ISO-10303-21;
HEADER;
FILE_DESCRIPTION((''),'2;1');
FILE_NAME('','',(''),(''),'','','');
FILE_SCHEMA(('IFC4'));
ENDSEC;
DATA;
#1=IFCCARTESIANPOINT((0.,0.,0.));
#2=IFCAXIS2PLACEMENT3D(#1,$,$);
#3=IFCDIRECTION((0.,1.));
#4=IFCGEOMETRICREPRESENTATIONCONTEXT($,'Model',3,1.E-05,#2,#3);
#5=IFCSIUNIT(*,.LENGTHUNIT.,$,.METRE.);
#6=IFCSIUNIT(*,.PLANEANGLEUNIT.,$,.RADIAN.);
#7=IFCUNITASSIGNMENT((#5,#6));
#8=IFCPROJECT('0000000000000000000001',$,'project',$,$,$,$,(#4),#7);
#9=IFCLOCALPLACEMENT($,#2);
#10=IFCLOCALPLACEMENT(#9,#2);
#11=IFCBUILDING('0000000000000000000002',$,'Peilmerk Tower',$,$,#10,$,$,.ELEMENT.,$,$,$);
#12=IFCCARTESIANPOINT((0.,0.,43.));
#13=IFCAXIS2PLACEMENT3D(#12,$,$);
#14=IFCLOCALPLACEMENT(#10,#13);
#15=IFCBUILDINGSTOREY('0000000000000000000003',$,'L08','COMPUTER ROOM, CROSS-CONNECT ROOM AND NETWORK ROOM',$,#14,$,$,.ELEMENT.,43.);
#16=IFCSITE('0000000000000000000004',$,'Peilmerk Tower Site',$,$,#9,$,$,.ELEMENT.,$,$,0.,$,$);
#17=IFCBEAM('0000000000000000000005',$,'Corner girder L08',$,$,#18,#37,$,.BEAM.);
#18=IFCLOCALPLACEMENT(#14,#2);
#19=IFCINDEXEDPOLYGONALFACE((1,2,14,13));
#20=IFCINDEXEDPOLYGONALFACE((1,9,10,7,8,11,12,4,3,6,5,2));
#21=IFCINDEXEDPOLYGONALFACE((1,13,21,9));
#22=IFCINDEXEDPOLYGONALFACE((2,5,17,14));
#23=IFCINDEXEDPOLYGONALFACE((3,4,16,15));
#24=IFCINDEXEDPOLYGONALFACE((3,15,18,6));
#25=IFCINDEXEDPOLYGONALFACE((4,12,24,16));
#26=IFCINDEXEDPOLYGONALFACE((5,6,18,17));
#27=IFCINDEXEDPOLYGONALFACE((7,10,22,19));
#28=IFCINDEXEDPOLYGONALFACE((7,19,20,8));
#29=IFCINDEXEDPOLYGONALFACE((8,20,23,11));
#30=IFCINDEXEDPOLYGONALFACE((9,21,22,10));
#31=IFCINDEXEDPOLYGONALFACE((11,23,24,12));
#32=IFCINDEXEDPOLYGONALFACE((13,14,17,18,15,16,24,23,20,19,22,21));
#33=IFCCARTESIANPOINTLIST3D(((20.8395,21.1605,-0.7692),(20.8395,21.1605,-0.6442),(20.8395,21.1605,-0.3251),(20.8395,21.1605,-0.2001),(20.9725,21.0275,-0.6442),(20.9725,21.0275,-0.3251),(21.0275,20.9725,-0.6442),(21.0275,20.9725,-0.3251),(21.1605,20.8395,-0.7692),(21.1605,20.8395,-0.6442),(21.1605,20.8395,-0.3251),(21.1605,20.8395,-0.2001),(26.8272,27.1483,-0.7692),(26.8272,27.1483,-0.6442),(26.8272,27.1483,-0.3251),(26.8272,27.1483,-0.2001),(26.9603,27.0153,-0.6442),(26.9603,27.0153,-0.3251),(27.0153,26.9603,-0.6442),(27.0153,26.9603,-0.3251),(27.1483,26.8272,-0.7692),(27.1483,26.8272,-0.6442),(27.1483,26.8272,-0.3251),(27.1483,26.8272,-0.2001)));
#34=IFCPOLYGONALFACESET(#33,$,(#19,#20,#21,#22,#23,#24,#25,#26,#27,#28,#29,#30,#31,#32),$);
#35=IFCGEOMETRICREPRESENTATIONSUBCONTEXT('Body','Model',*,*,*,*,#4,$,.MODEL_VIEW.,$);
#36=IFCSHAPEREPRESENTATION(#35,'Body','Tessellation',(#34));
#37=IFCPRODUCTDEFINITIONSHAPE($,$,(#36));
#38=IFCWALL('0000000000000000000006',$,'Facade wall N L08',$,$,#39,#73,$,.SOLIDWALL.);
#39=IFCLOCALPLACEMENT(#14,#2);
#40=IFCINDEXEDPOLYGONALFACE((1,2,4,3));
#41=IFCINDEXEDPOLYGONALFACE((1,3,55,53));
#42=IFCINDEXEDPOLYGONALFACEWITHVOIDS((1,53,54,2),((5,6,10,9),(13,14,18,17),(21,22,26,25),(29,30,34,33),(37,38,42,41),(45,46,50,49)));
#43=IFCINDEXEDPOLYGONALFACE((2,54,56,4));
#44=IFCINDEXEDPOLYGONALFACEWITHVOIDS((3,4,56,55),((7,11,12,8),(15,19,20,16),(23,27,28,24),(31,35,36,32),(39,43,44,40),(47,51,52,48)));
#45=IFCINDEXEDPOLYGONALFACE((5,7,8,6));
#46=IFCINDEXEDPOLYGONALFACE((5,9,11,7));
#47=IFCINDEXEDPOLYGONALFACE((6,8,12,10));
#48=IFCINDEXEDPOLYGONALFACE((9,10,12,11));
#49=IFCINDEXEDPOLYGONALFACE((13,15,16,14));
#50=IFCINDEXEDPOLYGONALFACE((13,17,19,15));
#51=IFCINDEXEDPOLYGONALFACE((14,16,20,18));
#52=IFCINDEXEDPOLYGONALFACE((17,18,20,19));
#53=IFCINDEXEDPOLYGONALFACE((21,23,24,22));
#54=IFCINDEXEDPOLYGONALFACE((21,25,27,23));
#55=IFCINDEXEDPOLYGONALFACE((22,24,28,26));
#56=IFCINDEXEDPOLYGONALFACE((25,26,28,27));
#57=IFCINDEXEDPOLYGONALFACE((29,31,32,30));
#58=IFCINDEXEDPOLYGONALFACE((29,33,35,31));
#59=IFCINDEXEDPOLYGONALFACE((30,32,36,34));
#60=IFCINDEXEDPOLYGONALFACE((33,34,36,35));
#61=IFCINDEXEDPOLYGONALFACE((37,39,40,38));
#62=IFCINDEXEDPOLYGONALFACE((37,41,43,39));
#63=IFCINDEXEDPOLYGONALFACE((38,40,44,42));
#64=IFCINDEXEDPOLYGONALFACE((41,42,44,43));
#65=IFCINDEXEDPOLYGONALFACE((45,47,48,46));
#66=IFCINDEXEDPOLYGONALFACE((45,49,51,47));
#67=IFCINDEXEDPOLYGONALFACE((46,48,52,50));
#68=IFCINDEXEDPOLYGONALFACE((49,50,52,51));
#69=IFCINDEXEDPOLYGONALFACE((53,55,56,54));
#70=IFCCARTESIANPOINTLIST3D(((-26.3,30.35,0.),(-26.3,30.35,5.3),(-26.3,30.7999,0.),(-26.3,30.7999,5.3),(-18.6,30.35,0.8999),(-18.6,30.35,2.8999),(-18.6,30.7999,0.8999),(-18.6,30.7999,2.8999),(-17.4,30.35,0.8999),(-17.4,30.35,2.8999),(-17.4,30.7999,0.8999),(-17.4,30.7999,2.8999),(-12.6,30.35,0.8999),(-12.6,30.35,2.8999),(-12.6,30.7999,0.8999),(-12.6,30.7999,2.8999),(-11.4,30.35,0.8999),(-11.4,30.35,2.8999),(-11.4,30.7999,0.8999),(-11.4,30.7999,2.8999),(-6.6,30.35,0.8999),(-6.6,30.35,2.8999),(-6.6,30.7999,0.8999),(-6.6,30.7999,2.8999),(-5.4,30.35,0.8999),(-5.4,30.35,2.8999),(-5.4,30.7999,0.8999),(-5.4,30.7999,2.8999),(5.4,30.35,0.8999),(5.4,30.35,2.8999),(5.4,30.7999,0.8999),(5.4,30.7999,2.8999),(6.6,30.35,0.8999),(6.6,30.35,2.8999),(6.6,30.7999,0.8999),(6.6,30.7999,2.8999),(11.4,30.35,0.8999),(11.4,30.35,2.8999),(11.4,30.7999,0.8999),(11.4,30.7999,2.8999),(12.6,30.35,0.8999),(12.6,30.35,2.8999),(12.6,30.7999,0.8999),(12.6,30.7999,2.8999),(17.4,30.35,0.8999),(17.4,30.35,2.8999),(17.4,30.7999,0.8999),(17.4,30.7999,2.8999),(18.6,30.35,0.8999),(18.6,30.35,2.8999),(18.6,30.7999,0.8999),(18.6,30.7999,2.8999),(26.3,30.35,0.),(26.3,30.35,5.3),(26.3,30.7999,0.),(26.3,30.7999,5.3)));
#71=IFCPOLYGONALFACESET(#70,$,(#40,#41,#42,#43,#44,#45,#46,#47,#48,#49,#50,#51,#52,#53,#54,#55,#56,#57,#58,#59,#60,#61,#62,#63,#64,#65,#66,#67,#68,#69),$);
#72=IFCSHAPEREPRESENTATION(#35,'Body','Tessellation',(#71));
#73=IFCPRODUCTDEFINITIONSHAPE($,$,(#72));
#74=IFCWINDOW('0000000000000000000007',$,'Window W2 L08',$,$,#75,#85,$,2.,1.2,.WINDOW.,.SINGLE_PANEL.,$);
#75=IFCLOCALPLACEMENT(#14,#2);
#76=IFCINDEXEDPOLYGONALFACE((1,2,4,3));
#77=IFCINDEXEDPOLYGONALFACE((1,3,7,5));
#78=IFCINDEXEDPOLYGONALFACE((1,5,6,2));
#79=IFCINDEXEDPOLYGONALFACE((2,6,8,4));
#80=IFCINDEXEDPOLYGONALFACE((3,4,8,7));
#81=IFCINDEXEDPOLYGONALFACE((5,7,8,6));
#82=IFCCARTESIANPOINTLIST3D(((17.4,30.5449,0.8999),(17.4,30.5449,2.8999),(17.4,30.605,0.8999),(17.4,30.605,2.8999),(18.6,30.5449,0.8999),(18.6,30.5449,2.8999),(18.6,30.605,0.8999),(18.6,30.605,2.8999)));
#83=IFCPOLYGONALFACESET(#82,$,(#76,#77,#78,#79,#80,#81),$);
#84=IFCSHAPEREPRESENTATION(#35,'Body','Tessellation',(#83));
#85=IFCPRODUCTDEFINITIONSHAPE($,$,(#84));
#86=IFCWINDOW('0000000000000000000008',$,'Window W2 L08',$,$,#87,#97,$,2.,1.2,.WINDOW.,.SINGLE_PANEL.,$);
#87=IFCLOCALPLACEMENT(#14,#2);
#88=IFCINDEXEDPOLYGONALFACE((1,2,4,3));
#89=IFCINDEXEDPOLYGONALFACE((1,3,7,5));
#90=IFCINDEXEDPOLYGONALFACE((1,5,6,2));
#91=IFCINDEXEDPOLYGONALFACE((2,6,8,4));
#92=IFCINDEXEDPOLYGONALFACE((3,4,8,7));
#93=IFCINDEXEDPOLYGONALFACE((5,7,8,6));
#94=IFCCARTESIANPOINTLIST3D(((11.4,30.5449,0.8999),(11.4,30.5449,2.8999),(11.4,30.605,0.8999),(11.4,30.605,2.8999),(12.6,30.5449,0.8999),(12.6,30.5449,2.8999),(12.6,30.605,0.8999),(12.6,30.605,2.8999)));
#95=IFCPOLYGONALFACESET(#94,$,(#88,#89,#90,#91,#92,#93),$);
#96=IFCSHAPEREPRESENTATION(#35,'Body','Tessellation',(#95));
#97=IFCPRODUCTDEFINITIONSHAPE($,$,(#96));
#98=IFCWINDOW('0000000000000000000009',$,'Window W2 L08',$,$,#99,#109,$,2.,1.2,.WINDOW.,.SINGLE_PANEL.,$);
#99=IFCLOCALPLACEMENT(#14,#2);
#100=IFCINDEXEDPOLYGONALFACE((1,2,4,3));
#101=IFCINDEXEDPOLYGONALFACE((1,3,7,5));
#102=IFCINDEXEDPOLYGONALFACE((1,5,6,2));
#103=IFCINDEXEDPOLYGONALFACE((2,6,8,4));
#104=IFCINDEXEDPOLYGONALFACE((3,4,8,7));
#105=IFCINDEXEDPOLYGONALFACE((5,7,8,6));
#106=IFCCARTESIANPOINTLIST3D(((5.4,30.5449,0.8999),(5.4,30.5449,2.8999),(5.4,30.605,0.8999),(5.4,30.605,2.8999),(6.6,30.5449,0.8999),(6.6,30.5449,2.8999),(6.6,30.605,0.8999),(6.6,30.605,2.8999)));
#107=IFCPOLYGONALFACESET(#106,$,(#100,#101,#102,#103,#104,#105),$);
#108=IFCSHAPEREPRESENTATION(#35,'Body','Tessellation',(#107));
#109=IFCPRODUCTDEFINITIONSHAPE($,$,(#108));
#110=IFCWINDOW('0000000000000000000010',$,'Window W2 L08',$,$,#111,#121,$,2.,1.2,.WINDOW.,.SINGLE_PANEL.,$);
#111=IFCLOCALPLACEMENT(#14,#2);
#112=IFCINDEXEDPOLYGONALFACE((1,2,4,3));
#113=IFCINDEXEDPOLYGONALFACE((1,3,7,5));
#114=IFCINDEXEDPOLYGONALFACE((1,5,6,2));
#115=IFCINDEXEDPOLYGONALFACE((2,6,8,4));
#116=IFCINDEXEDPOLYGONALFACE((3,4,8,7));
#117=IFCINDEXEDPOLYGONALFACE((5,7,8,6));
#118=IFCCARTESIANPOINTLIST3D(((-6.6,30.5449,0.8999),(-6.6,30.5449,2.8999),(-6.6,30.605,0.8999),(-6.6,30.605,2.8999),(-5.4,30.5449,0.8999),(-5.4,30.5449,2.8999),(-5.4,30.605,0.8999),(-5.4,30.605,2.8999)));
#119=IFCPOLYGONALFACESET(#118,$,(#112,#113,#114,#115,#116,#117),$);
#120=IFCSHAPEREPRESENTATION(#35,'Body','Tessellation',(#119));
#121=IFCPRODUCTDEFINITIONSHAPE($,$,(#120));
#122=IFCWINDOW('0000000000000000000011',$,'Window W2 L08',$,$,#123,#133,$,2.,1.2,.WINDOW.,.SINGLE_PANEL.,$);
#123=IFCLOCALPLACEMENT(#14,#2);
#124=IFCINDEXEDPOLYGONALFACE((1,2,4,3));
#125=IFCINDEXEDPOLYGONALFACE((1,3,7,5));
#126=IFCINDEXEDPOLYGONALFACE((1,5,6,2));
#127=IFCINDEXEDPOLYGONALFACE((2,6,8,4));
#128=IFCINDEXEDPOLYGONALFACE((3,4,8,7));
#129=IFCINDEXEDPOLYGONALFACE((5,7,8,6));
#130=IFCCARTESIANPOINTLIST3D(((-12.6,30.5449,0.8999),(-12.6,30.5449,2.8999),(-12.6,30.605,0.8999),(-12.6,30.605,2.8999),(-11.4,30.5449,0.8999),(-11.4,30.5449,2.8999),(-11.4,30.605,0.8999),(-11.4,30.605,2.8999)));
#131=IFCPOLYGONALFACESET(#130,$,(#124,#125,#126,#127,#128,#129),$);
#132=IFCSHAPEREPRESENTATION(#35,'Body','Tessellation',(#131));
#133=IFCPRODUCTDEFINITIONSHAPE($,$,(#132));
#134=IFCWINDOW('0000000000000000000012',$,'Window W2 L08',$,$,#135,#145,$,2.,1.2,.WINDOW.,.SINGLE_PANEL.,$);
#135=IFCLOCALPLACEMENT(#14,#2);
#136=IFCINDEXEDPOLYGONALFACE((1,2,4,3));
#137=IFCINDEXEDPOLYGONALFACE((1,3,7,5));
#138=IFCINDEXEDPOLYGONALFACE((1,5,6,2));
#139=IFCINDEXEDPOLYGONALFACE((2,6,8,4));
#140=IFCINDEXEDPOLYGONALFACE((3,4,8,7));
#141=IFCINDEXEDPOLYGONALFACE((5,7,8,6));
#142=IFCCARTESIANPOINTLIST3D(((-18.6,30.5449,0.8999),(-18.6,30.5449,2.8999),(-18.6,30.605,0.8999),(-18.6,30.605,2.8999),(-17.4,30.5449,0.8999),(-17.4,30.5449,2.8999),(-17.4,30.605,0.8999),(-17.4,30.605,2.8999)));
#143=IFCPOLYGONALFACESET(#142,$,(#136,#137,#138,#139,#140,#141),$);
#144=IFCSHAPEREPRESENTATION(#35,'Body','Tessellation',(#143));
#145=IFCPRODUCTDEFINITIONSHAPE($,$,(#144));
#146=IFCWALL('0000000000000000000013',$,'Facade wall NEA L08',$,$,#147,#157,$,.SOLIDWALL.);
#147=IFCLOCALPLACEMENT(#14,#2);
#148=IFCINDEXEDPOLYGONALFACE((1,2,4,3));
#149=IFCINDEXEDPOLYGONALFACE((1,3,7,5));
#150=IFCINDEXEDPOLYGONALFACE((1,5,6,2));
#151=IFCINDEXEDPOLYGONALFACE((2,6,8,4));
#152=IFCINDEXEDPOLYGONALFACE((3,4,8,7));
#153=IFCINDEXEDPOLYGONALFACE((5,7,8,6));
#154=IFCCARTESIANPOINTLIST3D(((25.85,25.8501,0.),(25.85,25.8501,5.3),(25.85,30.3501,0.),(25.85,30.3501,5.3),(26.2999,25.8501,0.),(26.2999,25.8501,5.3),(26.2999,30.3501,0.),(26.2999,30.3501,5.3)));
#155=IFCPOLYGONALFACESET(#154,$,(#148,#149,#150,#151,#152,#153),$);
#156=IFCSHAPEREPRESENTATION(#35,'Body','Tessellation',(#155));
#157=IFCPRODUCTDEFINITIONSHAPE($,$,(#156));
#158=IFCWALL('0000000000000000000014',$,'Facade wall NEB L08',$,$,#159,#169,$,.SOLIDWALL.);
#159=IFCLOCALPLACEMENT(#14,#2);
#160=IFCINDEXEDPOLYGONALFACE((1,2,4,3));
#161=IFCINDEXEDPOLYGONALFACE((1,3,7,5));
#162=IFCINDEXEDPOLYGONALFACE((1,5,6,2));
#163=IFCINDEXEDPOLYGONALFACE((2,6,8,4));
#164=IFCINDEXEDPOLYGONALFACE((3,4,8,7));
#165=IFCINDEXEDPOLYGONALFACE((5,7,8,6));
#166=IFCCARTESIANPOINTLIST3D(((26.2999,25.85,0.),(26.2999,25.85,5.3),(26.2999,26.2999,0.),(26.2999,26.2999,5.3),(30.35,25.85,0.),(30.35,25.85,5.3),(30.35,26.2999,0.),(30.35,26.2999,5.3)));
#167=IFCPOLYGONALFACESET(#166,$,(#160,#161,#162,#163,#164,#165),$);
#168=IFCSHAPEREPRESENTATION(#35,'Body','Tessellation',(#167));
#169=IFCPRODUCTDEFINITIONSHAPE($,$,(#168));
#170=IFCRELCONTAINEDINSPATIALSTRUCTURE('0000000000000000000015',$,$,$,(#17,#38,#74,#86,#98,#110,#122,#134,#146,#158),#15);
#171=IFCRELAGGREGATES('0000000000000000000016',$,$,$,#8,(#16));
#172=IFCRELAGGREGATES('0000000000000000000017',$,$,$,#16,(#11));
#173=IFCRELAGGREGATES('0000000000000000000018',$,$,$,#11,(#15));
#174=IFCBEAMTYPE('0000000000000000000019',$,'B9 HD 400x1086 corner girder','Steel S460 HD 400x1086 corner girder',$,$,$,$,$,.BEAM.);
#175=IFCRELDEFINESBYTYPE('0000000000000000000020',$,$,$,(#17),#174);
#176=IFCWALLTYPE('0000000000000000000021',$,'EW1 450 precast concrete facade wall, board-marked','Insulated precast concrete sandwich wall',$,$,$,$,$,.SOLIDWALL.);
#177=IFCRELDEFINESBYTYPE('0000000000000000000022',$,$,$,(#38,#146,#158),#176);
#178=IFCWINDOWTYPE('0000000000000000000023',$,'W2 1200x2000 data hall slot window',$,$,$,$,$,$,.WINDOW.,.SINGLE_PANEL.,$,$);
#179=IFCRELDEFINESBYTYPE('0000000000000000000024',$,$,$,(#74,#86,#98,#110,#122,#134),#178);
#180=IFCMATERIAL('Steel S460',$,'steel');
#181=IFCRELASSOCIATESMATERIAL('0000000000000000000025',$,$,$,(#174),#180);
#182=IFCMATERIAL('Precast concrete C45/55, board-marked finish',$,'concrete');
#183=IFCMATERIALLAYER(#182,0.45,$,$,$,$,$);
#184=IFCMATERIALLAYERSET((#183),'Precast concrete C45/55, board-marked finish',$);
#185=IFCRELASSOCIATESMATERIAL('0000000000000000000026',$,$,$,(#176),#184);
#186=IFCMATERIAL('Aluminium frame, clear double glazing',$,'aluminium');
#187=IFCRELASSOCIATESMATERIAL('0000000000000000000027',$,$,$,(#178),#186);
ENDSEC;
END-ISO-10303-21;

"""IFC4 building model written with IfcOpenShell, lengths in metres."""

from ifc_helpers import new_model, si_unit, direction, frame, frame_2d, origin, origin_2d, place, context, subcontext, project, spatial, rectangle, i_section, extrude, material, layer, layer_set, material_profile, profile_set, type_object, element, fill, save


model = new_model("IFC4")

# Units and contexts
model_context = context("Model", 3, precision=1e-05, world=origin(), true_north=direction((0.0, 1.0)))
body_context = subcontext(model_context, "Body", "Model", "MODEL_VIEW")
ifc_project = project(units=[si_unit("LENGTHUNIT", "METRE"), si_unit("PLANEANGLEUNIT", "RADIAN")], contexts=[model_context])

# Site, building, storey
site_placement = place(None, origin())
site = spatial("IfcSite", under=ifc_project, at=site_placement, Name="Peilmerk Tower Site", CompositionType="ELEMENT", RefElevation=0.0)
building_placement = place(site_placement, origin())
building = spatial("IfcBuilding", under=site, at=building_placement, Name="Peilmerk Tower", CompositionType="ELEMENT")
storey_placement = place(building_placement, frame((0.0, 0.0, 43.0)))
storey = spatial("IfcBuildingStorey", under=building, at=storey_placement, Name="L08", Description="COMPUTER ROOM, CROSS-CONNECT ROOM AND NETWORK ROOM", CompositionType="ELEMENT", Elevation=43.0)

# Beam
ifc_material_1 = material(Name="Steel S460", Category="steel")
ifc_material_profile_1 = material_profile(ifc_material_1, i_section(OverallWidth=0.4541, OverallDepth=0.5691, WebThickness=0.0779, FlangeThickness=0.125, at=origin_2d()), Name="HD 400x1086")
ifc_profile_set_1 = profile_set([ifc_material_profile_1], Name="Steel S460")
beam_type_1 = type_object("IfcBeamType", Name="B9 HD 400x1086 corner girder", Description="Steel S460 HD 400x1086 corner girder", PredefinedType="BEAM", material=ifc_profile_set_1)
beam_1_placement = place(storey_placement, frame((21.0, 21.0, -0.4846), z_axis=(0.707107, 0.707107, 0.0), x_axis=(-0.707107, 0.707107, 0.0)))
element("IfcBeam", 1, at=beam_1_placement, inside=storey, type_object=beam_type_1, Name="Corner girder L08", PredefinedType="BEAM", context=body_context, shape_type="SweptSolid", body=[
    extrude(i_section(OverallWidth=0.4541, OverallDepth=0.5691, WebThickness=0.0779, FlangeThickness=0.125, at=origin_2d()), origin(), (0.0, 0.0, 1.0), 8.468),
])

# Wall, openings, windows
ifc_material_2 = material(Name="Precast concrete C45/55, board-marked finish", Category="concrete")
ifc_layer = layer(ifc_material_2, 0.45)
ifc_layer_set = layer_set([ifc_layer], Name="Precast concrete C45/55, board-marked finish")
wall_type = type_object("IfcWallType", Name="EW1 450 precast concrete facade wall, board-marked", Description="Insulated precast concrete sandwich wall", PredefinedType="SOLIDWALL", material=ifc_layer_set)
wall_1_placement = place(storey_placement, frame((26.3, 30.575, 0.0), z_axis=(0.0, 0.0, 1.0), x_axis=(-1.0, 0.0, 0.0)))
wall_1 = element("IfcWall", 2, at=wall_1_placement, inside=storey, type_object=wall_type, Name="Facade wall N L08", PredefinedType="SOLIDWALL", context=body_context, shape_type="SweptSolid", body=[
    extrude(rectangle(XDim=52.6001, YDim=0.45, at=frame_2d((26.3, 0.0))), origin(), (0.0, 0.0, 1.0), 5.3),
])
opening_1_placement = place(wall_1_placement, frame((7.7, 0.0, 0.8999)))
opening_1 = element("IfcOpeningElement", 3, at=opening_1_placement, cuts=wall_1, PredefinedType="OPENING", context=body_context, shape_type="SweptSolid", body=[
    extrude(rectangle(XDim=1.2, YDim=2.0, at=frame_2d((0.6001, 1.0))), frame((0.0, 0.2349, 0.0), z_axis=(0.0, -1.0, 0.0), x_axis=(1.0, 0.0, 0.0)), (0.0, 0.0, 1.0), 0.47),
])
opening_2_placement = place(wall_1_placement, frame((13.7, 0.0, 0.8999)))
opening_2 = element("IfcOpeningElement", 4, at=opening_2_placement, cuts=wall_1, PredefinedType="OPENING", context=body_context, shape_type="SweptSolid", body=[
    extrude(rectangle(XDim=1.2, YDim=2.0, at=frame_2d((0.6001, 1.0))), frame((0.0, 0.2349, 0.0), z_axis=(0.0, -1.0, 0.0), x_axis=(1.0, 0.0, 0.0)), (0.0, 0.0, 1.0), 0.47),
])
opening_3_placement = place(wall_1_placement, frame((19.7, 0.0, 0.8999)))
opening_3 = element("IfcOpeningElement", 5, at=opening_3_placement, cuts=wall_1, PredefinedType="OPENING", context=body_context, shape_type="SweptSolid", body=[
    extrude(rectangle(XDim=1.2, YDim=2.0, at=frame_2d((0.6001, 1.0))), frame((0.0, 0.2349, 0.0), z_axis=(0.0, -1.0, 0.0), x_axis=(1.0, 0.0, 0.0)), (0.0, 0.0, 1.0), 0.47),
])
opening_4_placement = place(wall_1_placement, frame((31.7, 0.0, 0.8999)))
opening_4 = element("IfcOpeningElement", 6, at=opening_4_placement, cuts=wall_1, PredefinedType="OPENING", context=body_context, shape_type="SweptSolid", body=[
    extrude(rectangle(XDim=1.2, YDim=2.0, at=frame_2d((0.6001, 1.0))), frame((0.0, 0.2349, 0.0), z_axis=(0.0, -1.0, 0.0), x_axis=(1.0, 0.0, 0.0)), (0.0, 0.0, 1.0), 0.47),
])
opening_5_placement = place(wall_1_placement, frame((37.7, 0.0, 0.8999)))
opening_5 = element("IfcOpeningElement", 7, at=opening_5_placement, cuts=wall_1, PredefinedType="OPENING", context=body_context, shape_type="SweptSolid", body=[
    extrude(rectangle(XDim=1.2, YDim=2.0, at=frame_2d((0.6001, 1.0))), frame((0.0, 0.2349, 0.0), z_axis=(0.0, -1.0, 0.0), x_axis=(1.0, 0.0, 0.0)), (0.0, 0.0, 1.0), 0.47),
])
opening_6_placement = place(wall_1_placement, frame((43.7, 0.0, 0.8999)))
opening_6 = element("IfcOpeningElement", 8, at=opening_6_placement, cuts=wall_1, PredefinedType="OPENING", context=body_context, shape_type="SweptSolid", body=[
    extrude(rectangle(XDim=1.2, YDim=2.0, at=frame_2d((0.6001, 1.0))), frame((0.0, 0.2349, 0.0), z_axis=(0.0, -1.0, 0.0), x_axis=(1.0, 0.0, 0.0)), (0.0, 0.0, 1.0), 0.47),
])
ifc_material_3 = material(Name="Aluminium frame, clear double glazing", Category="aluminium")
window_type = type_object("IfcWindowType", Name="W2 1200x2000 data hall slot window", PartitioningType="SINGLE_PANEL", PredefinedType="WINDOW", material=ifc_material_3)
window_1_placement = place(opening_1_placement, origin())
window_1 = element("IfcWindow", 9, at=window_1_placement, inside=storey, type_object=window_type, Name="Window W2 L08", OverallHeight=2.0, OverallWidth=1.2, PartitioningType="SINGLE_PANEL", PredefinedType="WINDOW", context=body_context, shape_type="SweptSolid", body=[
    extrude(rectangle(XDim=1.2, YDim=2.0, at=frame_2d((0.6001, 1.0))), frame((0.0, 0.03, 0.0), z_axis=(0.0, -1.0, 0.0), x_axis=(1.0, 0.0, 0.0)), (0.0, 0.0, 1.0), 0.0601),
])
fill(opening_1, window_1)
window_2_placement = place(opening_2_placement, origin())
window_2 = element("IfcWindow", 10, at=window_2_placement, inside=storey, type_object=window_type, Name="Window W2 L08", OverallHeight=2.0, OverallWidth=1.2, PartitioningType="SINGLE_PANEL", PredefinedType="WINDOW", context=body_context, shape_type="SweptSolid", body=[
    extrude(rectangle(XDim=1.2, YDim=2.0, at=frame_2d((0.6001, 1.0))), frame((0.0, 0.03, 0.0), z_axis=(0.0, -1.0, 0.0), x_axis=(1.0, 0.0, 0.0)), (0.0, 0.0, 1.0), 0.0601),
])
fill(opening_2, window_2)
window_3_placement = place(opening_3_placement, origin())
window_3 = element("IfcWindow", 11, at=window_3_placement, inside=storey, type_object=window_type, Name="Window W2 L08", OverallHeight=2.0, OverallWidth=1.2, PartitioningType="SINGLE_PANEL", PredefinedType="WINDOW", context=body_context, shape_type="SweptSolid", body=[
    extrude(rectangle(XDim=1.2, YDim=2.0, at=frame_2d((0.6001, 1.0))), frame((0.0, 0.03, 0.0), z_axis=(0.0, -1.0, 0.0), x_axis=(1.0, 0.0, 0.0)), (0.0, 0.0, 1.0), 0.0601),
])
fill(opening_3, window_3)
window_4_placement = place(opening_4_placement, origin())
window_4 = element("IfcWindow", 12, at=window_4_placement, inside=storey, type_object=window_type, Name="Window W2 L08", OverallHeight=2.0, OverallWidth=1.2, PartitioningType="SINGLE_PANEL", PredefinedType="WINDOW", context=body_context, shape_type="SweptSolid", body=[
    extrude(rectangle(XDim=1.2, YDim=2.0, at=frame_2d((0.6001, 1.0))), frame((0.0, 0.03, 0.0), z_axis=(0.0, -1.0, 0.0), x_axis=(1.0, 0.0, 0.0)), (0.0, 0.0, 1.0), 0.0601),
])
fill(opening_4, window_4)
window_5_placement = place(opening_5_placement, origin())
window_5 = element("IfcWindow", 13, at=window_5_placement, inside=storey, type_object=window_type, Name="Window W2 L08", OverallHeight=2.0, OverallWidth=1.2, PartitioningType="SINGLE_PANEL", PredefinedType="WINDOW", context=body_context, shape_type="SweptSolid", body=[
    extrude(rectangle(XDim=1.2, YDim=2.0, at=frame_2d((0.6001, 1.0))), frame((0.0, 0.03, 0.0), z_axis=(0.0, -1.0, 0.0), x_axis=(1.0, 0.0, 0.0)), (0.0, 0.0, 1.0), 0.0601),
])
fill(opening_5, window_5)
window_6_placement = place(opening_6_placement, origin())
window_6 = element("IfcWindow", 14, at=window_6_placement, inside=storey, type_object=window_type, Name="Window W2 L08", OverallHeight=2.0, OverallWidth=1.2, PartitioningType="SINGLE_PANEL", PredefinedType="WINDOW", context=body_context, shape_type="SweptSolid", body=[
    extrude(rectangle(XDim=1.2, YDim=2.0, at=frame_2d((0.6001, 1.0))), frame((0.0, 0.03, 0.0), z_axis=(0.0, -1.0, 0.0), x_axis=(1.0, 0.0, 0.0)), (0.0, 0.0, 1.0), 0.0601),
])
fill(opening_6, window_6)

# Walls
wall_2_placement = place(storey_placement, frame((26.075, 25.8501, 0.0), z_axis=(0.0, 0.0, 1.0), x_axis=(0.0, 1.0, 0.0)))
element("IfcWall", 15, at=wall_2_placement, inside=storey, type_object=wall_type, Name="Facade wall NEA L08", PredefinedType="SOLIDWALL", context=body_context, shape_type="SweptSolid", body=[
    extrude(rectangle(XDim=4.5, YDim=0.45, at=frame_2d((2.25, 0.0))), origin(), (0.0, 0.0, 1.0), 5.3),
])
wall_3_placement = place(storey_placement, frame((26.3, 26.075, 0.0), z_axis=(0.0, 0.0, 1.0), x_axis=(1.0, 0.0, 0.0)))
element("IfcWall", 16, at=wall_3_placement, inside=storey, type_object=wall_type, Name="Facade wall NEB L08", PredefinedType="SOLIDWALL", context=body_context, shape_type="SweptSolid", body=[
    extrude(rectangle(XDim=4.05, YDim=0.45, at=frame_2d((2.0249, 0.0))), origin(), (0.0, 0.0, 1.0), 5.3),
])

save(model, "model.ifc")
